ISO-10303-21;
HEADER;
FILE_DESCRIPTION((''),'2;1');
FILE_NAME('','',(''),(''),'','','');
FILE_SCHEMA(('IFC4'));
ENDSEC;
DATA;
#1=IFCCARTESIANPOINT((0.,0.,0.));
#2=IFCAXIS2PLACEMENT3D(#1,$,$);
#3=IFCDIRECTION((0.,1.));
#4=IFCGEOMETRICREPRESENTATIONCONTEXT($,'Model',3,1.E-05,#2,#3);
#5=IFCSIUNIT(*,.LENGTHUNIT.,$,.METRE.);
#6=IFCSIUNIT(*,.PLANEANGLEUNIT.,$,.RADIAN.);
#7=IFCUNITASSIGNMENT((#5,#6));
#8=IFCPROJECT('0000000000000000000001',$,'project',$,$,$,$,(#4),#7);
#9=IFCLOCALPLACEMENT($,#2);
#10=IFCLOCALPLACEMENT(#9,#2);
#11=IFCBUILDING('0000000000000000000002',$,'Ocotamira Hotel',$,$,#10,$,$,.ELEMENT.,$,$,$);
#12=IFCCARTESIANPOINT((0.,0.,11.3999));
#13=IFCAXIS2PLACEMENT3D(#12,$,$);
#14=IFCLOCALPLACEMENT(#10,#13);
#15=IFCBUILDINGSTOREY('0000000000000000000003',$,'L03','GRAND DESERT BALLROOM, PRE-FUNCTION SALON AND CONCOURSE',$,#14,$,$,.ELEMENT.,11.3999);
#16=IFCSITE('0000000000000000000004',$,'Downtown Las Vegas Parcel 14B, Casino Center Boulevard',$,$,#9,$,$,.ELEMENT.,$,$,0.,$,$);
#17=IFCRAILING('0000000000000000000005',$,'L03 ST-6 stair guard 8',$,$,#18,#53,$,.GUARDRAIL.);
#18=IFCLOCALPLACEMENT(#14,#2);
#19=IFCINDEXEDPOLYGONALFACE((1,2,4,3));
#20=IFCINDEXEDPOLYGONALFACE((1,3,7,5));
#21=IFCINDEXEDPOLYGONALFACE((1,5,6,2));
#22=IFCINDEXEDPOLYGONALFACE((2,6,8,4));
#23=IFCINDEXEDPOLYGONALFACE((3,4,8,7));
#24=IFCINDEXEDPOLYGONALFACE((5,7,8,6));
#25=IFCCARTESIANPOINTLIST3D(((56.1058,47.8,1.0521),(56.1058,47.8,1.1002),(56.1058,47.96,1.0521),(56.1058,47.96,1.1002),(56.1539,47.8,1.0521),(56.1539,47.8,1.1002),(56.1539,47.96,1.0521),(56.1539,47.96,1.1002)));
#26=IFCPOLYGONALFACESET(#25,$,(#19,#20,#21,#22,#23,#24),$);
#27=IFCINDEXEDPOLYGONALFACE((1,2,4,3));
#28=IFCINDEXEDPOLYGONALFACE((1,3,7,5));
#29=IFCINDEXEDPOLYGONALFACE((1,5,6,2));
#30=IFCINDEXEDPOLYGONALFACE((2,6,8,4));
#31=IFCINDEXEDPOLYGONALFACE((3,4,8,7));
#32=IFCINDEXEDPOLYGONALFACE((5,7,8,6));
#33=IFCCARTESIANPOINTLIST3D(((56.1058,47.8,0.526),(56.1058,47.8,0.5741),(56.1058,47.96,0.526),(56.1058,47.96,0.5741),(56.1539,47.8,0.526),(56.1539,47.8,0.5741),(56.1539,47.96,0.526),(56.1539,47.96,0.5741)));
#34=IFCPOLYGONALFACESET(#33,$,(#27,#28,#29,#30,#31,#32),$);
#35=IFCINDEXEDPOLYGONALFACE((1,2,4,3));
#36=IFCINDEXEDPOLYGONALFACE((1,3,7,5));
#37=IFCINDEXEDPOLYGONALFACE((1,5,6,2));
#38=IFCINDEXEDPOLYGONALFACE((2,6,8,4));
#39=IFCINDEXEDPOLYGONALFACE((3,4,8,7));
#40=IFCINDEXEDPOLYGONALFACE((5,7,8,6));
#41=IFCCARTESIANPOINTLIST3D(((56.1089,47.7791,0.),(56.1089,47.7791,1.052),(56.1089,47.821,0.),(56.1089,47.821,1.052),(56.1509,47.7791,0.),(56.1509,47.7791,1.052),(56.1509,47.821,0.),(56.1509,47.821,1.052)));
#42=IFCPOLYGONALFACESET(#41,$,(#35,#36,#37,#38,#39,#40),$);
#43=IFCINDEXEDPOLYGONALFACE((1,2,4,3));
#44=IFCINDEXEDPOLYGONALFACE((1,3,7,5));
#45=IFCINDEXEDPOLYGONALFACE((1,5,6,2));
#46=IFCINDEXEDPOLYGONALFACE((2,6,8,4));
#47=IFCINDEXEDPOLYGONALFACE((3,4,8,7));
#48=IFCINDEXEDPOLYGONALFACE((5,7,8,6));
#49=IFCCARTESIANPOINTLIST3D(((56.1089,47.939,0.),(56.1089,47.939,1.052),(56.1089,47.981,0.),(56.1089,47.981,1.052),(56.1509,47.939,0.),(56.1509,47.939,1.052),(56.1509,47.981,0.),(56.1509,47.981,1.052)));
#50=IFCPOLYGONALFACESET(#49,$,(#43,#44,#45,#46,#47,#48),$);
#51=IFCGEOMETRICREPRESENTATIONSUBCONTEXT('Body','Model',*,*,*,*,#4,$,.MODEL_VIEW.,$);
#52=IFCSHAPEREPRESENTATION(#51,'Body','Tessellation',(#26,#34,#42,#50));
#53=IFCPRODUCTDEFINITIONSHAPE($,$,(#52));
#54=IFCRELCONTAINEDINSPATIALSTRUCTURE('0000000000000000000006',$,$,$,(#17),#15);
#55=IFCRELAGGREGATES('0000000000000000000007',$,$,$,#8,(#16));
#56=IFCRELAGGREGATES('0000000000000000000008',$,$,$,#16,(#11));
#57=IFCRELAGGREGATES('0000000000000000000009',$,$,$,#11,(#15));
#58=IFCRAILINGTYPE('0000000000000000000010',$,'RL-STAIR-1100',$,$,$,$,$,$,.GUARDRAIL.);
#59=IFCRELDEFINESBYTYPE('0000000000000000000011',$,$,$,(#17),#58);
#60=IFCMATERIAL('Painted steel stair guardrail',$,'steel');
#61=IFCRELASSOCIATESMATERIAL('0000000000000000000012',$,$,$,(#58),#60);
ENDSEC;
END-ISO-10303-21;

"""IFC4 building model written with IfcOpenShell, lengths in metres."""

from ifc_helpers import new_model, si_unit, direction, frame, origin, origin_2d, place, context, subcontext, project, spatial, rectangle, extrude, material, type_object, element, save


model = new_model("IFC4")

# Units and contexts
model_context = context("Model", 3, precision=1e-05, world=origin(), true_north=direction((0.0, 1.0)))
body_context = subcontext(model_context, "Body", "Model", "MODEL_VIEW")
ifc_project = project(units=[si_unit("LENGTHUNIT", "METRE"), si_unit("PLANEANGLEUNIT", "RADIAN")], contexts=[model_context])

# Site, building, storey
site_placement = place(None, origin())
site = spatial("IfcSite", under=ifc_project, at=site_placement, Name="Downtown Las Vegas Parcel 14B, Casino Center Boulevard", CompositionType="ELEMENT", RefElevation=0.0)
building_placement = place(site_placement, origin())
building = spatial("IfcBuilding", under=site, at=building_placement, Name="Ocotamira Hotel", CompositionType="ELEMENT")
storey_placement = place(building_placement, frame((0.0, 0.0, 11.3999)))
storey = spatial("IfcBuildingStorey", under=building, at=storey_placement, Name="L03", Description="GRAND DESERT BALLROOM, PRE-FUNCTION SALON AND CONCOURSE", CompositionType="ELEMENT", Elevation=11.3999)

# Railing
ifc_material_1 = material(Name="Painted steel stair guardrail", Category="steel")
railing_type_1 = type_object("IfcRailingType", Name="RL-STAIR-1100", PredefinedType="GUARDRAIL", material=ifc_material_1)
railing_1_placement = place(storey_placement, frame((56.1299, 47.8, 0.0)))
element("IfcRailing", 1, at=railing_1_placement, inside=storey, type_object=railing_type_1, Name="L03 ST-6 stair guard 8", PredefinedType="GUARDRAIL", context=body_context, shape_type="SweptSolid", body=[
    extrude(rectangle(XDim=0.0481, YDim=0.0481, at=origin_2d()), frame((0.0, 0.0, 1.0762), z_axis=(0.0, 1.0, 0.0), x_axis=(-1.0, 0.0, 0.0)), (0.0, 0.0, 1.0), 0.1599),
    extrude(rectangle(XDim=0.0481, YDim=0.0481, at=origin_2d()), frame((0.0, 0.0, 0.55), z_axis=(0.0, 1.0, 0.0), x_axis=(-1.0, 0.0, 0.0)), (0.0, 0.0, 1.0), 0.1599),
    extrude(rectangle(XDim=0.042, YDim=0.042, at=origin_2d()), origin(), (0.0, 0.0, 1.0), 1.052),
    extrude(rectangle(XDim=0.042, YDim=0.042, at=origin_2d()), frame((0.0, 0.1599, 0.0)), (0.0, 0.0, 1.0), 1.052),
])

save(model, "model.ifc")
